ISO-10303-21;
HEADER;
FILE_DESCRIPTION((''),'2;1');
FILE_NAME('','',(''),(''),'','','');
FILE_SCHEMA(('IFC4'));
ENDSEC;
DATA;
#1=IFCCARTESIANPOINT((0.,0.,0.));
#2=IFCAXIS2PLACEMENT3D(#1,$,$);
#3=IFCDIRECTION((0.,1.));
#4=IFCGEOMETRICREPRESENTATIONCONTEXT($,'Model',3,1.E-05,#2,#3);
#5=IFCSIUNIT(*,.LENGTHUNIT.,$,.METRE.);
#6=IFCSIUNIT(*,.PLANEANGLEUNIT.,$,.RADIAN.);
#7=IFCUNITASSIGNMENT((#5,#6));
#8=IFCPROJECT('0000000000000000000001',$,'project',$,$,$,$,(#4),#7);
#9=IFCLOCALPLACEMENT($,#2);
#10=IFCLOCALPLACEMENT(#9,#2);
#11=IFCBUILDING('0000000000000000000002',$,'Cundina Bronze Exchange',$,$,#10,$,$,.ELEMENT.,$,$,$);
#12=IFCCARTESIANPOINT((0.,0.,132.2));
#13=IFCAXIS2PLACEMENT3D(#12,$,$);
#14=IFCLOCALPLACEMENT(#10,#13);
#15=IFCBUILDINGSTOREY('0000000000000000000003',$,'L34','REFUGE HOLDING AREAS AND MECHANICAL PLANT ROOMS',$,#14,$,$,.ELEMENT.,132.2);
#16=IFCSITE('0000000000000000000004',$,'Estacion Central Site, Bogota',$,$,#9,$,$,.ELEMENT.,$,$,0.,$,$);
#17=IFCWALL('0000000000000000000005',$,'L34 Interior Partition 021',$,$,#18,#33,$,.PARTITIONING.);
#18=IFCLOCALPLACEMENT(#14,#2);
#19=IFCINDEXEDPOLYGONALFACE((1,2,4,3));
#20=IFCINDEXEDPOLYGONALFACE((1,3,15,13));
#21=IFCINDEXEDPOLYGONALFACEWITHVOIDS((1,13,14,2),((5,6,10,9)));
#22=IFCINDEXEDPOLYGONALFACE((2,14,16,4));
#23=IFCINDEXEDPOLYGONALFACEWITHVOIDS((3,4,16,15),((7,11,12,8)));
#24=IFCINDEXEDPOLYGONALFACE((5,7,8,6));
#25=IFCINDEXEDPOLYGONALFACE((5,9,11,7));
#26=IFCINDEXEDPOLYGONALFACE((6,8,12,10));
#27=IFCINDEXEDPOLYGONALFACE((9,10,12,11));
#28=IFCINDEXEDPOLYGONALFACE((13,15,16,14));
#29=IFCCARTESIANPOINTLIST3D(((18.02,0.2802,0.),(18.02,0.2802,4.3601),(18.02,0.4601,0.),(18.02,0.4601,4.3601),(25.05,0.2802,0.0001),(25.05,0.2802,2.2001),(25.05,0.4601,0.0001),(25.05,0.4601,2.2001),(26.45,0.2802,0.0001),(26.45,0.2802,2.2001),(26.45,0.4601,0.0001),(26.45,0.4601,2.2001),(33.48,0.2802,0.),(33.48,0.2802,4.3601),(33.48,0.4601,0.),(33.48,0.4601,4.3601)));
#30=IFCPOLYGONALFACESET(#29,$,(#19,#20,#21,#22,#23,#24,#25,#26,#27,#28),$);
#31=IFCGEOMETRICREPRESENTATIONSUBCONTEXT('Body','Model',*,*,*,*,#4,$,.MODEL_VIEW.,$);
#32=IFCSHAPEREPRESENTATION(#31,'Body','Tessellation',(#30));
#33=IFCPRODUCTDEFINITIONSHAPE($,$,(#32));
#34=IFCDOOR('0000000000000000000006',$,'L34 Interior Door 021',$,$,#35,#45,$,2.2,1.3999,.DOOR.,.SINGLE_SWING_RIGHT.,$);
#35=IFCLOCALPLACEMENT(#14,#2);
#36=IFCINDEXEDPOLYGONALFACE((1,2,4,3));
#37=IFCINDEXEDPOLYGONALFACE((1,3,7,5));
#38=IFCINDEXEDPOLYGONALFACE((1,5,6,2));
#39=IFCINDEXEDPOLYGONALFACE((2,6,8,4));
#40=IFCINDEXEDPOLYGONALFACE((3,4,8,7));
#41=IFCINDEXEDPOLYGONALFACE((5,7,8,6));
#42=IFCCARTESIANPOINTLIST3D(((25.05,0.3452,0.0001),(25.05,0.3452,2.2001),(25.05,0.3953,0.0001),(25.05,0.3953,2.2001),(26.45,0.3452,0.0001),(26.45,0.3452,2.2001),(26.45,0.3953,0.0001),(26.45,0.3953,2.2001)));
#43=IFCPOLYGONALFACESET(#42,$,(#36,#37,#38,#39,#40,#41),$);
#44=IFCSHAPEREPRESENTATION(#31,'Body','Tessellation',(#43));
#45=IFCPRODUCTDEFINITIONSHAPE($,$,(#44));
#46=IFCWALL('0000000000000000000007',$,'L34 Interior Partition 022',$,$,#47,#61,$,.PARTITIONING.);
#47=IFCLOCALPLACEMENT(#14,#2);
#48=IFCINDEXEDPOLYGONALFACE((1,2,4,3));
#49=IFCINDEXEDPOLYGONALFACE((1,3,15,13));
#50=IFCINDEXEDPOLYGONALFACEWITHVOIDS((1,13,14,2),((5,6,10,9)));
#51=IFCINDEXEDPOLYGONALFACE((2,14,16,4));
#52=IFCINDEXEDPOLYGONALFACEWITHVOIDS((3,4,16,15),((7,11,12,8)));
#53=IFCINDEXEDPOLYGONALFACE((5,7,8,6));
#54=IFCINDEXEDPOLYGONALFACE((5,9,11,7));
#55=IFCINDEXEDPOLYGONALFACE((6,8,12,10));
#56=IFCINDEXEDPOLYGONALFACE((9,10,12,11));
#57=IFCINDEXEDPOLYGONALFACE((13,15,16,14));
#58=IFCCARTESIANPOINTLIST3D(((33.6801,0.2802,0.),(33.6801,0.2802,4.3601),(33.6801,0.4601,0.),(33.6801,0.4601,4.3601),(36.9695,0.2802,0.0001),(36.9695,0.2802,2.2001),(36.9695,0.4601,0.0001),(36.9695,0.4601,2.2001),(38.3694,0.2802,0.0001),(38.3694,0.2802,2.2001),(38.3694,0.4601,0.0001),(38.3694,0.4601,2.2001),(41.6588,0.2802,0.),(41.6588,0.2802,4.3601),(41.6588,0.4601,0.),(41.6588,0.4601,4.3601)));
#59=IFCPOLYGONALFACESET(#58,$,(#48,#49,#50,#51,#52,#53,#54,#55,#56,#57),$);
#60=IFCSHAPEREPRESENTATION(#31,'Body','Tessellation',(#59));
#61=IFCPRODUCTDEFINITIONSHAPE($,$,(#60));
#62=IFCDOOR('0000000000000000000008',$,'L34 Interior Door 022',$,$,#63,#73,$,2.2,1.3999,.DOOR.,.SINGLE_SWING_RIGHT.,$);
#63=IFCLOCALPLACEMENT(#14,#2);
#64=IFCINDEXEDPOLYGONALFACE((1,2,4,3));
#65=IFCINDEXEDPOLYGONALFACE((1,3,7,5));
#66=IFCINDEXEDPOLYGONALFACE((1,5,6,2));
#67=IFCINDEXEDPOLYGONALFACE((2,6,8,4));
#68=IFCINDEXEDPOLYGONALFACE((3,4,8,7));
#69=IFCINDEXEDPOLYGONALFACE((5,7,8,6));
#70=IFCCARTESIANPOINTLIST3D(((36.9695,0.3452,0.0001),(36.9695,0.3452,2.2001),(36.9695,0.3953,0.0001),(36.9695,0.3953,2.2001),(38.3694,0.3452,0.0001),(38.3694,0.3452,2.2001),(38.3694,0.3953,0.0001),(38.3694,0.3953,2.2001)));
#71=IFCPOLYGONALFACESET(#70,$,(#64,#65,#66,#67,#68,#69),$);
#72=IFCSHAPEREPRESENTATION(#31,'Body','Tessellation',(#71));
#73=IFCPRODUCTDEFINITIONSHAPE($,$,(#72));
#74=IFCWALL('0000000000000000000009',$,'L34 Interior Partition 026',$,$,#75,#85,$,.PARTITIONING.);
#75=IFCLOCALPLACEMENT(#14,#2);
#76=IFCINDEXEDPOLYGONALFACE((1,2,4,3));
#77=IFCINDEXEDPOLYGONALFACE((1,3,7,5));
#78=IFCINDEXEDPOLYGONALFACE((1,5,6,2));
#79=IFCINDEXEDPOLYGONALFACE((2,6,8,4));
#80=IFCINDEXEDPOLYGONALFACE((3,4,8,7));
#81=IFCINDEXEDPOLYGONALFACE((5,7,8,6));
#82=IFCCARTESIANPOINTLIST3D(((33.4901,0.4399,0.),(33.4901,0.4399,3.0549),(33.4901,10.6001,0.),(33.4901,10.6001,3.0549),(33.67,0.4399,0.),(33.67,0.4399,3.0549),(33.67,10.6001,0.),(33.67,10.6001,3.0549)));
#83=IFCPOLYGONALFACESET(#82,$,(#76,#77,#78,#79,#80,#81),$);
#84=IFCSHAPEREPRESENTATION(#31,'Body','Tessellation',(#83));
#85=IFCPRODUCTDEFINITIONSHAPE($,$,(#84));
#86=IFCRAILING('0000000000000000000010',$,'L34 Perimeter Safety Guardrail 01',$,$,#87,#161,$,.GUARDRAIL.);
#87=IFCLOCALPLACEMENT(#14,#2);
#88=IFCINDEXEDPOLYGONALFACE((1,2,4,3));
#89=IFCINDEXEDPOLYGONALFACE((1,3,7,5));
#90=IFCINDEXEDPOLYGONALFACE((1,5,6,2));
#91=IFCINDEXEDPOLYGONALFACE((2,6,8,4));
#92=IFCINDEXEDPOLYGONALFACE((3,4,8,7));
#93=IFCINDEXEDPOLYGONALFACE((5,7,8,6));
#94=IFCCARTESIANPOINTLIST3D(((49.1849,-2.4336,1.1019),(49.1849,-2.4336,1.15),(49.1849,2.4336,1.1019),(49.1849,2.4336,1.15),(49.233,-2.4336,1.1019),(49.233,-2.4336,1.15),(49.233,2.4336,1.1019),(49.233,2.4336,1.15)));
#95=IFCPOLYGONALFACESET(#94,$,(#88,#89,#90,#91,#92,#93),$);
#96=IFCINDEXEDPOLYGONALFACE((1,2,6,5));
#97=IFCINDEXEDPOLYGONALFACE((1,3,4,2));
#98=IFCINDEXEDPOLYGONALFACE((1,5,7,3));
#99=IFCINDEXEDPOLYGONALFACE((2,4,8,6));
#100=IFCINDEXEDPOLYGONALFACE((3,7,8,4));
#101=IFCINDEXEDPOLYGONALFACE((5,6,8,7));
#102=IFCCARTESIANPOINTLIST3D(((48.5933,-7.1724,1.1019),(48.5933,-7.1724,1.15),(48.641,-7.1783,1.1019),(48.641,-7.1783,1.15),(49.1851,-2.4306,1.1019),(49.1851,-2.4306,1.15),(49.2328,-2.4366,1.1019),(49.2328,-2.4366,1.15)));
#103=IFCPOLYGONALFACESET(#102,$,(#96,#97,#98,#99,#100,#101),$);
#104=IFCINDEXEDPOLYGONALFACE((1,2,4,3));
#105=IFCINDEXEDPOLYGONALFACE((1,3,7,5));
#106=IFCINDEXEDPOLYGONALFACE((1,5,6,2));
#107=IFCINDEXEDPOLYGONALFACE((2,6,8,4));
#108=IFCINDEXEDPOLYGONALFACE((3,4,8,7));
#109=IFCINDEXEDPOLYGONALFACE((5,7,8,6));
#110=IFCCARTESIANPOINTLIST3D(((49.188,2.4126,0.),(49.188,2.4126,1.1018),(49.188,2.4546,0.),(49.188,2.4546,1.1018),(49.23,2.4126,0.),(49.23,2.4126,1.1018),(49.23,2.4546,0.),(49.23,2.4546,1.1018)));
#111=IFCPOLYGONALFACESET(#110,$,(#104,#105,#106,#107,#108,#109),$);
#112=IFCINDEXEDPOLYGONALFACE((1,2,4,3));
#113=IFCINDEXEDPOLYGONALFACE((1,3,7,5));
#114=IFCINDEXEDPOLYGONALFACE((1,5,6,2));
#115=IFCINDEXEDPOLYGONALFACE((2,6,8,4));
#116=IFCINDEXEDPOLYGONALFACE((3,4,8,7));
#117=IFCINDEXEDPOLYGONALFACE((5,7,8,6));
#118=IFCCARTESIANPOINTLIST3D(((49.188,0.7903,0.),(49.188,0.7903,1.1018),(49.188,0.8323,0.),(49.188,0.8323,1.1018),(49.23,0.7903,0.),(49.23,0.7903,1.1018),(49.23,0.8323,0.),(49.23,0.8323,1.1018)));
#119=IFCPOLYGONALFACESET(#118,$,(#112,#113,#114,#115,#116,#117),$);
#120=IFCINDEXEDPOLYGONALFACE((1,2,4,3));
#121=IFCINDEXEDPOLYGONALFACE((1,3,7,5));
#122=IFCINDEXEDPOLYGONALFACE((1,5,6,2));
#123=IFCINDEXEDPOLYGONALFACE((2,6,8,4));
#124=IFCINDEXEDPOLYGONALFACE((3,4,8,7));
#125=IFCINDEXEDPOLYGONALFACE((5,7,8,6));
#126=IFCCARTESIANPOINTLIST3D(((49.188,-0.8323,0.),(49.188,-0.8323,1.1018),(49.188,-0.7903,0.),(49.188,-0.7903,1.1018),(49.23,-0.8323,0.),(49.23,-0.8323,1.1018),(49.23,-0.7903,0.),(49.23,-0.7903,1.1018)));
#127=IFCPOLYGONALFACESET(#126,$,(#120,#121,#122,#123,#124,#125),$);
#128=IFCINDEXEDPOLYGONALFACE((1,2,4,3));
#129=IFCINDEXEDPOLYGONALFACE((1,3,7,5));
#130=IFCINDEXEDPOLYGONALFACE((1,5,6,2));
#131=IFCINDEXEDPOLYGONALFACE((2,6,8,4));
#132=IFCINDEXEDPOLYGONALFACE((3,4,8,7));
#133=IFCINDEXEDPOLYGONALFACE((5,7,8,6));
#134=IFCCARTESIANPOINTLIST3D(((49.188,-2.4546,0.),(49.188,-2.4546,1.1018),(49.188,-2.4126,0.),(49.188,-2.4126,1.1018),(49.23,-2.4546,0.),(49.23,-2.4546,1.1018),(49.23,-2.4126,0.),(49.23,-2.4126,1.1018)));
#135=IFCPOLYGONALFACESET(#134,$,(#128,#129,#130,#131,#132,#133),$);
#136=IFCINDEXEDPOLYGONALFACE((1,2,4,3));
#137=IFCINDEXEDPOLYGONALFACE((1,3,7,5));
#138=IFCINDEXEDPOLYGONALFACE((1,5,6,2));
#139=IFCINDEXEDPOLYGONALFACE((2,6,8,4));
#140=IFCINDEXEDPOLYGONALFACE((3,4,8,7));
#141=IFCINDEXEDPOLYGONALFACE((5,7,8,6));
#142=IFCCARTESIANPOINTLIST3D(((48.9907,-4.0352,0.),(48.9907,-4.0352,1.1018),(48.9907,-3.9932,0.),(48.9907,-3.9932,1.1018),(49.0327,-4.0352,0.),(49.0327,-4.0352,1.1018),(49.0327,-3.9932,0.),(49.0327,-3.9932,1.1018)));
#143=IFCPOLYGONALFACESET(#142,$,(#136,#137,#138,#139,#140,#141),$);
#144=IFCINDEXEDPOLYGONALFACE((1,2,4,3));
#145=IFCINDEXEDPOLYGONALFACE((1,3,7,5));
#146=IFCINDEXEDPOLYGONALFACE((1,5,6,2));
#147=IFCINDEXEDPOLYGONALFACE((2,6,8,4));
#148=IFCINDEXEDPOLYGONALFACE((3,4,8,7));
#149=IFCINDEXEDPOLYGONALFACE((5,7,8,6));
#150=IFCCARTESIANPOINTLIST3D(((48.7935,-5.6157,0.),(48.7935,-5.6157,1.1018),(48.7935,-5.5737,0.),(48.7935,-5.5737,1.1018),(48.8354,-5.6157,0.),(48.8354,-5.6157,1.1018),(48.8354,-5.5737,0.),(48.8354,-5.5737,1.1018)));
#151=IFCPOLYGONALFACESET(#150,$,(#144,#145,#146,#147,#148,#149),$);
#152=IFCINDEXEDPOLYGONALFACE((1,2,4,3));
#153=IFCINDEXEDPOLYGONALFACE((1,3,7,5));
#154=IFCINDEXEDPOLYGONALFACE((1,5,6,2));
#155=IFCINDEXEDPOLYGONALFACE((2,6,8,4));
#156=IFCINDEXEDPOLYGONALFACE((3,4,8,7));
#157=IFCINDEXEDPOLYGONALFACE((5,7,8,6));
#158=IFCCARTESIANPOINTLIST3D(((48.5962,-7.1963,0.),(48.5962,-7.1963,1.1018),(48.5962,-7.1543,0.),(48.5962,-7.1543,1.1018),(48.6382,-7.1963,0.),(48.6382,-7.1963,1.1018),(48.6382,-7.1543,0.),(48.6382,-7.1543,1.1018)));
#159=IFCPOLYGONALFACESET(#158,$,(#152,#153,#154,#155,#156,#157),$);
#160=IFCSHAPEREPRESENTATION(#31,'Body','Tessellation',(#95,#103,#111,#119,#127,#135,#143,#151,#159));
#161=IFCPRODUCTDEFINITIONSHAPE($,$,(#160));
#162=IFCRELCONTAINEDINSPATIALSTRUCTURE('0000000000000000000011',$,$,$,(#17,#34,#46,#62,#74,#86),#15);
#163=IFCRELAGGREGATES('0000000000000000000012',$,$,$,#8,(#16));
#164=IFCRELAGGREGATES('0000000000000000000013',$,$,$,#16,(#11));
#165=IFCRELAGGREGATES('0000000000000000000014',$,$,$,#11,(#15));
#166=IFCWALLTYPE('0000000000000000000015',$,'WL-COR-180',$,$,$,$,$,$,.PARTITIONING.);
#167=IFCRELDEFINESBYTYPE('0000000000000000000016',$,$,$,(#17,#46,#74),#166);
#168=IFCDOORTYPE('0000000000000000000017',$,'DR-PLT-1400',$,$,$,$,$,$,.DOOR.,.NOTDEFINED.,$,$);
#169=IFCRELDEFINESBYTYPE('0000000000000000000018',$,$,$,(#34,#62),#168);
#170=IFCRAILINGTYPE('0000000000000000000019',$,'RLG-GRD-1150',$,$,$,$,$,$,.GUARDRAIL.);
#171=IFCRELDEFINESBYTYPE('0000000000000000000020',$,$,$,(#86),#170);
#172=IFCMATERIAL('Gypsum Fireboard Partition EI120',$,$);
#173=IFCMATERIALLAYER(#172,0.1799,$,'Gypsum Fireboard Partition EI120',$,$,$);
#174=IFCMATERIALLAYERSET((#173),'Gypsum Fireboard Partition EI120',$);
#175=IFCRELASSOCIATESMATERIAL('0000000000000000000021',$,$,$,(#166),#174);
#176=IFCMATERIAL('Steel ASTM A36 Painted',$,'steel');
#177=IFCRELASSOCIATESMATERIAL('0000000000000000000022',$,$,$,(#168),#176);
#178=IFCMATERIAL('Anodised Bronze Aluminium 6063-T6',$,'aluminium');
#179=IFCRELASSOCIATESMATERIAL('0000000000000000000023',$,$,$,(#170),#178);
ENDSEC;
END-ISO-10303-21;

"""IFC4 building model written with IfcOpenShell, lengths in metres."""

from ifc_helpers import new_model, si_unit, direction, frame, frame_2d, origin, origin_2d, place, context, subcontext, project, spatial, rectangle, extrude, material, layer, layer_set, type_object, element, fill, save


model = new_model("IFC4")

# Units and contexts
model_context = context("Model", 3, precision=1e-05, world=origin(), true_north=direction((0.0, 1.0)))
body_context = subcontext(model_context, "Body", "Model", "MODEL_VIEW")
ifc_project = project(units=[si_unit("LENGTHUNIT", "METRE"), si_unit("PLANEANGLEUNIT", "RADIAN")], contexts=[model_context])

# Site, building, storey
site_placement = place(None, origin())
site = spatial("IfcSite", under=ifc_project, at=site_placement, Name="Estacion Central Site, Bogota", CompositionType="ELEMENT", RefElevation=0.0)
building_placement = place(site_placement, origin())
building = spatial("IfcBuilding", under=site, at=building_placement, Name="Cundina Bronze Exchange", CompositionType="ELEMENT")
storey_placement = place(building_placement, frame((0.0, 0.0, 132.2)))
storey = spatial("IfcBuildingStorey", under=building, at=storey_placement, Name="L34", Description="REFUGE HOLDING AREAS AND MECHANICAL PLANT ROOMS", CompositionType="ELEMENT", Elevation=132.2)

# Walls, openings, doors
ifc_material_1 = material(Name="Gypsum Fireboard Partition EI120")
ifc_layer_1 = layer(ifc_material_1, 0.1799, Name="Gypsum Fireboard Partition EI120")
ifc_layer_set_1 = layer_set([ifc_layer_1], Name="Gypsum Fireboard Partition EI120")
wall_type = type_object("IfcWallType", Name="WL-COR-180", PredefinedType="PARTITIONING", material=ifc_layer_set_1)
wall_1_placement = place(storey_placement, frame((33.48, 0.3701, 0.0), z_axis=(0.0, 0.0, 1.0), x_axis=(-1.0, 0.0, 0.0)))
wall_1 = element("IfcWall", 1, at=wall_1_placement, inside=storey, type_object=wall_type, Name="L34 Interior Partition 021", PredefinedType="PARTITIONING", context=body_context, shape_type="SweptSolid", body=[
    extrude(rectangle(XDim=15.46, YDim=0.1799, at=frame_2d((7.73, 0.0))), origin(), (0.0, 0.0, 1.0), 4.3601),
])
opening_1_placement = place(wall_1_placement, frame((7.03, 0.0, 0.0)))
opening_1 = element("IfcOpeningElement", 2, at=opening_1_placement, cuts=wall_1, PredefinedType="OPENING", context=body_context, shape_type="SweptSolid", body=[
    extrude(rectangle(XDim=1.3999, YDim=2.2, at=frame_2d((0.7, 1.1001))), frame((0.0, 0.0999, 0.0), z_axis=(0.0, -1.0, 0.0), x_axis=(1.0, 0.0, 0.0)), (0.0, 0.0, 1.0), 0.2),
])
ifc_material_2 = material(Name="Steel ASTM A36 Painted", Category="steel")
door_type = type_object("IfcDoorType", Name="DR-PLT-1400", OperationType="NOTDEFINED", PredefinedType="DOOR", material=ifc_material_2)
door_1_placement = place(opening_1_placement, origin())
door_1 = element("IfcDoor", 3, at=door_1_placement, inside=storey, type_object=door_type, Name="L34 Interior Door 021", OperationType="SINGLE_SWING_RIGHT", OverallHeight=2.2, OverallWidth=1.3999, PredefinedType="DOOR", context=body_context, shape_type="SweptSolid", body=[
    extrude(rectangle(XDim=1.3999, YDim=2.2, at=frame_2d((0.7, 1.1001))), frame((0.0, 0.0249, 0.0), z_axis=(0.0, -1.0, 0.0), x_axis=(1.0, 0.0, 0.0)), (0.0, 0.0, 1.0), 0.05),
])
fill(opening_1, door_1)
wall_2_placement = place(storey_placement, frame((41.6587, 0.3701, 0.0), z_axis=(0.0, 0.0, 1.0), x_axis=(-1.0, 0.0, 0.0)))
wall_2 = element("IfcWall", 4, at=wall_2_placement, inside=storey, type_object=wall_type, Name="L34 Interior Partition 022", PredefinedType="PARTITIONING", context=body_context, shape_type="SweptSolid", body=[
    extrude(rectangle(XDim=7.9788, YDim=0.1799, at=frame_2d((3.9893, 0.0))), origin(), (0.0, 0.0, 1.0), 4.3601),
])
opening_2_placement = place(wall_2_placement, frame((3.2893, 0.0, 0.0)))
opening_2 = element("IfcOpeningElement", 5, at=opening_2_placement, cuts=wall_2, PredefinedType="OPENING", context=body_context, shape_type="SweptSolid", body=[
    extrude(rectangle(XDim=1.3999, YDim=2.2, at=frame_2d((0.7, 1.1001))), frame((0.0, 0.0999, 0.0), z_axis=(0.0, -1.0, 0.0), x_axis=(1.0, 0.0, 0.0)), (0.0, 0.0, 1.0), 0.2),
])
door_2_placement = place(opening_2_placement, origin())
door_2 = element("IfcDoor", 6, at=door_2_placement, inside=storey, type_object=door_type, Name="L34 Interior Door 022", OperationType="SINGLE_SWING_RIGHT", OverallHeight=2.2, OverallWidth=1.3999, PredefinedType="DOOR", context=body_context, shape_type="SweptSolid", body=[
    extrude(rectangle(XDim=1.3999, YDim=2.2, at=frame_2d((0.7, 1.1001))), frame((0.0, 0.0249, 0.0), z_axis=(0.0, -1.0, 0.0), x_axis=(1.0, 0.0, 0.0)), (0.0, 0.0, 1.0), 0.05),
])
fill(opening_2, door_2)

# Wall
wall_3_placement = place(storey_placement, frame((33.5801, 0.4399, 0.0), z_axis=(0.0, 0.0, 1.0), x_axis=(0.0, 1.0, 0.0)))
element("IfcWall", 7, at=wall_3_placement, inside=storey, type_object=wall_type, Name="L34 Interior Partition 026", PredefinedType="PARTITIONING", context=body_context, shape_type="SweptSolid", body=[
    extrude(rectangle(XDim=10.1602, YDim=0.1799, at=frame_2d((5.0801, 0.0))), origin(), (0.0, 0.0, 1.0), 3.0549),
])

# Railing
ifc_material_3 = material(Name="Anodised Bronze Aluminium 6063-T6", Category="aluminium")
railing_type = type_object("IfcRailingType", Name="RLG-GRD-1150", PredefinedType="GUARDRAIL", material=ifc_material_3)
railing_placement = place(storey_placement, frame((49.209, 2.4336, 0.0)))
element("IfcRailing", 8, at=railing_placement, inside=storey, type_object=railing_type, Name="L34 Perimeter Safety Guardrail 01", PredefinedType="GUARDRAIL", context=body_context, shape_type="SweptSolid", body=[
    extrude(rectangle(XDim=0.0481, YDim=0.0481, at=origin_2d()), frame((0.0, 0.0, 1.126), z_axis=(0.0, -1.0, 0.0), x_axis=(1.0, 0.0, 0.0)), (0.0, 0.0, 1.0), 4.8672),
    extrude(rectangle(XDim=0.0481, YDim=0.0481, at=origin_2d()), frame((0.0, -4.8672, 1.126), z_axis=(-0.123846, -0.992301, 0.0), x_axis=(0.992301, -0.123846, 0.0)), (0.0, 0.0, 1.0), 4.7786),
    extrude(rectangle(XDim=0.042, YDim=0.042, at=origin_2d()), origin(), (0.0, 0.0, 1.0), 1.1018),
    extrude(rectangle(XDim=0.042, YDim=0.042, at=origin_2d()), frame((0.0, -1.6223, 0.0)), (0.0, 0.0, 1.0), 1.1018),
    extrude(rectangle(XDim=0.042, YDim=0.042, at=origin_2d()), frame((0.0, -3.2449, 0.0)), (0.0, 0.0, 1.0), 1.1018),
    extrude(rectangle(XDim=0.042, YDim=0.042, at=origin_2d()), frame((0.0, -4.8672, 0.0)), (0.0, 0.0, 1.0), 1.1018),
    extrude(rectangle(XDim=0.042, YDim=0.042, at=origin_2d()), frame((-0.1973, -6.4478, 0.0)), (0.0, 0.0, 1.0), 1.1018),
    extrude(rectangle(XDim=0.042, YDim=0.042, at=origin_2d()), frame((-0.3945, -8.0283, 0.0)), (0.0, 0.0, 1.0), 1.1018),
    extrude(rectangle(XDim=0.042, YDim=0.042, at=origin_2d()), frame((-0.5918, -9.6089, 0.0)), (0.0, 0.0, 1.0), 1.1018),
])

save(model, "model.ifc")
